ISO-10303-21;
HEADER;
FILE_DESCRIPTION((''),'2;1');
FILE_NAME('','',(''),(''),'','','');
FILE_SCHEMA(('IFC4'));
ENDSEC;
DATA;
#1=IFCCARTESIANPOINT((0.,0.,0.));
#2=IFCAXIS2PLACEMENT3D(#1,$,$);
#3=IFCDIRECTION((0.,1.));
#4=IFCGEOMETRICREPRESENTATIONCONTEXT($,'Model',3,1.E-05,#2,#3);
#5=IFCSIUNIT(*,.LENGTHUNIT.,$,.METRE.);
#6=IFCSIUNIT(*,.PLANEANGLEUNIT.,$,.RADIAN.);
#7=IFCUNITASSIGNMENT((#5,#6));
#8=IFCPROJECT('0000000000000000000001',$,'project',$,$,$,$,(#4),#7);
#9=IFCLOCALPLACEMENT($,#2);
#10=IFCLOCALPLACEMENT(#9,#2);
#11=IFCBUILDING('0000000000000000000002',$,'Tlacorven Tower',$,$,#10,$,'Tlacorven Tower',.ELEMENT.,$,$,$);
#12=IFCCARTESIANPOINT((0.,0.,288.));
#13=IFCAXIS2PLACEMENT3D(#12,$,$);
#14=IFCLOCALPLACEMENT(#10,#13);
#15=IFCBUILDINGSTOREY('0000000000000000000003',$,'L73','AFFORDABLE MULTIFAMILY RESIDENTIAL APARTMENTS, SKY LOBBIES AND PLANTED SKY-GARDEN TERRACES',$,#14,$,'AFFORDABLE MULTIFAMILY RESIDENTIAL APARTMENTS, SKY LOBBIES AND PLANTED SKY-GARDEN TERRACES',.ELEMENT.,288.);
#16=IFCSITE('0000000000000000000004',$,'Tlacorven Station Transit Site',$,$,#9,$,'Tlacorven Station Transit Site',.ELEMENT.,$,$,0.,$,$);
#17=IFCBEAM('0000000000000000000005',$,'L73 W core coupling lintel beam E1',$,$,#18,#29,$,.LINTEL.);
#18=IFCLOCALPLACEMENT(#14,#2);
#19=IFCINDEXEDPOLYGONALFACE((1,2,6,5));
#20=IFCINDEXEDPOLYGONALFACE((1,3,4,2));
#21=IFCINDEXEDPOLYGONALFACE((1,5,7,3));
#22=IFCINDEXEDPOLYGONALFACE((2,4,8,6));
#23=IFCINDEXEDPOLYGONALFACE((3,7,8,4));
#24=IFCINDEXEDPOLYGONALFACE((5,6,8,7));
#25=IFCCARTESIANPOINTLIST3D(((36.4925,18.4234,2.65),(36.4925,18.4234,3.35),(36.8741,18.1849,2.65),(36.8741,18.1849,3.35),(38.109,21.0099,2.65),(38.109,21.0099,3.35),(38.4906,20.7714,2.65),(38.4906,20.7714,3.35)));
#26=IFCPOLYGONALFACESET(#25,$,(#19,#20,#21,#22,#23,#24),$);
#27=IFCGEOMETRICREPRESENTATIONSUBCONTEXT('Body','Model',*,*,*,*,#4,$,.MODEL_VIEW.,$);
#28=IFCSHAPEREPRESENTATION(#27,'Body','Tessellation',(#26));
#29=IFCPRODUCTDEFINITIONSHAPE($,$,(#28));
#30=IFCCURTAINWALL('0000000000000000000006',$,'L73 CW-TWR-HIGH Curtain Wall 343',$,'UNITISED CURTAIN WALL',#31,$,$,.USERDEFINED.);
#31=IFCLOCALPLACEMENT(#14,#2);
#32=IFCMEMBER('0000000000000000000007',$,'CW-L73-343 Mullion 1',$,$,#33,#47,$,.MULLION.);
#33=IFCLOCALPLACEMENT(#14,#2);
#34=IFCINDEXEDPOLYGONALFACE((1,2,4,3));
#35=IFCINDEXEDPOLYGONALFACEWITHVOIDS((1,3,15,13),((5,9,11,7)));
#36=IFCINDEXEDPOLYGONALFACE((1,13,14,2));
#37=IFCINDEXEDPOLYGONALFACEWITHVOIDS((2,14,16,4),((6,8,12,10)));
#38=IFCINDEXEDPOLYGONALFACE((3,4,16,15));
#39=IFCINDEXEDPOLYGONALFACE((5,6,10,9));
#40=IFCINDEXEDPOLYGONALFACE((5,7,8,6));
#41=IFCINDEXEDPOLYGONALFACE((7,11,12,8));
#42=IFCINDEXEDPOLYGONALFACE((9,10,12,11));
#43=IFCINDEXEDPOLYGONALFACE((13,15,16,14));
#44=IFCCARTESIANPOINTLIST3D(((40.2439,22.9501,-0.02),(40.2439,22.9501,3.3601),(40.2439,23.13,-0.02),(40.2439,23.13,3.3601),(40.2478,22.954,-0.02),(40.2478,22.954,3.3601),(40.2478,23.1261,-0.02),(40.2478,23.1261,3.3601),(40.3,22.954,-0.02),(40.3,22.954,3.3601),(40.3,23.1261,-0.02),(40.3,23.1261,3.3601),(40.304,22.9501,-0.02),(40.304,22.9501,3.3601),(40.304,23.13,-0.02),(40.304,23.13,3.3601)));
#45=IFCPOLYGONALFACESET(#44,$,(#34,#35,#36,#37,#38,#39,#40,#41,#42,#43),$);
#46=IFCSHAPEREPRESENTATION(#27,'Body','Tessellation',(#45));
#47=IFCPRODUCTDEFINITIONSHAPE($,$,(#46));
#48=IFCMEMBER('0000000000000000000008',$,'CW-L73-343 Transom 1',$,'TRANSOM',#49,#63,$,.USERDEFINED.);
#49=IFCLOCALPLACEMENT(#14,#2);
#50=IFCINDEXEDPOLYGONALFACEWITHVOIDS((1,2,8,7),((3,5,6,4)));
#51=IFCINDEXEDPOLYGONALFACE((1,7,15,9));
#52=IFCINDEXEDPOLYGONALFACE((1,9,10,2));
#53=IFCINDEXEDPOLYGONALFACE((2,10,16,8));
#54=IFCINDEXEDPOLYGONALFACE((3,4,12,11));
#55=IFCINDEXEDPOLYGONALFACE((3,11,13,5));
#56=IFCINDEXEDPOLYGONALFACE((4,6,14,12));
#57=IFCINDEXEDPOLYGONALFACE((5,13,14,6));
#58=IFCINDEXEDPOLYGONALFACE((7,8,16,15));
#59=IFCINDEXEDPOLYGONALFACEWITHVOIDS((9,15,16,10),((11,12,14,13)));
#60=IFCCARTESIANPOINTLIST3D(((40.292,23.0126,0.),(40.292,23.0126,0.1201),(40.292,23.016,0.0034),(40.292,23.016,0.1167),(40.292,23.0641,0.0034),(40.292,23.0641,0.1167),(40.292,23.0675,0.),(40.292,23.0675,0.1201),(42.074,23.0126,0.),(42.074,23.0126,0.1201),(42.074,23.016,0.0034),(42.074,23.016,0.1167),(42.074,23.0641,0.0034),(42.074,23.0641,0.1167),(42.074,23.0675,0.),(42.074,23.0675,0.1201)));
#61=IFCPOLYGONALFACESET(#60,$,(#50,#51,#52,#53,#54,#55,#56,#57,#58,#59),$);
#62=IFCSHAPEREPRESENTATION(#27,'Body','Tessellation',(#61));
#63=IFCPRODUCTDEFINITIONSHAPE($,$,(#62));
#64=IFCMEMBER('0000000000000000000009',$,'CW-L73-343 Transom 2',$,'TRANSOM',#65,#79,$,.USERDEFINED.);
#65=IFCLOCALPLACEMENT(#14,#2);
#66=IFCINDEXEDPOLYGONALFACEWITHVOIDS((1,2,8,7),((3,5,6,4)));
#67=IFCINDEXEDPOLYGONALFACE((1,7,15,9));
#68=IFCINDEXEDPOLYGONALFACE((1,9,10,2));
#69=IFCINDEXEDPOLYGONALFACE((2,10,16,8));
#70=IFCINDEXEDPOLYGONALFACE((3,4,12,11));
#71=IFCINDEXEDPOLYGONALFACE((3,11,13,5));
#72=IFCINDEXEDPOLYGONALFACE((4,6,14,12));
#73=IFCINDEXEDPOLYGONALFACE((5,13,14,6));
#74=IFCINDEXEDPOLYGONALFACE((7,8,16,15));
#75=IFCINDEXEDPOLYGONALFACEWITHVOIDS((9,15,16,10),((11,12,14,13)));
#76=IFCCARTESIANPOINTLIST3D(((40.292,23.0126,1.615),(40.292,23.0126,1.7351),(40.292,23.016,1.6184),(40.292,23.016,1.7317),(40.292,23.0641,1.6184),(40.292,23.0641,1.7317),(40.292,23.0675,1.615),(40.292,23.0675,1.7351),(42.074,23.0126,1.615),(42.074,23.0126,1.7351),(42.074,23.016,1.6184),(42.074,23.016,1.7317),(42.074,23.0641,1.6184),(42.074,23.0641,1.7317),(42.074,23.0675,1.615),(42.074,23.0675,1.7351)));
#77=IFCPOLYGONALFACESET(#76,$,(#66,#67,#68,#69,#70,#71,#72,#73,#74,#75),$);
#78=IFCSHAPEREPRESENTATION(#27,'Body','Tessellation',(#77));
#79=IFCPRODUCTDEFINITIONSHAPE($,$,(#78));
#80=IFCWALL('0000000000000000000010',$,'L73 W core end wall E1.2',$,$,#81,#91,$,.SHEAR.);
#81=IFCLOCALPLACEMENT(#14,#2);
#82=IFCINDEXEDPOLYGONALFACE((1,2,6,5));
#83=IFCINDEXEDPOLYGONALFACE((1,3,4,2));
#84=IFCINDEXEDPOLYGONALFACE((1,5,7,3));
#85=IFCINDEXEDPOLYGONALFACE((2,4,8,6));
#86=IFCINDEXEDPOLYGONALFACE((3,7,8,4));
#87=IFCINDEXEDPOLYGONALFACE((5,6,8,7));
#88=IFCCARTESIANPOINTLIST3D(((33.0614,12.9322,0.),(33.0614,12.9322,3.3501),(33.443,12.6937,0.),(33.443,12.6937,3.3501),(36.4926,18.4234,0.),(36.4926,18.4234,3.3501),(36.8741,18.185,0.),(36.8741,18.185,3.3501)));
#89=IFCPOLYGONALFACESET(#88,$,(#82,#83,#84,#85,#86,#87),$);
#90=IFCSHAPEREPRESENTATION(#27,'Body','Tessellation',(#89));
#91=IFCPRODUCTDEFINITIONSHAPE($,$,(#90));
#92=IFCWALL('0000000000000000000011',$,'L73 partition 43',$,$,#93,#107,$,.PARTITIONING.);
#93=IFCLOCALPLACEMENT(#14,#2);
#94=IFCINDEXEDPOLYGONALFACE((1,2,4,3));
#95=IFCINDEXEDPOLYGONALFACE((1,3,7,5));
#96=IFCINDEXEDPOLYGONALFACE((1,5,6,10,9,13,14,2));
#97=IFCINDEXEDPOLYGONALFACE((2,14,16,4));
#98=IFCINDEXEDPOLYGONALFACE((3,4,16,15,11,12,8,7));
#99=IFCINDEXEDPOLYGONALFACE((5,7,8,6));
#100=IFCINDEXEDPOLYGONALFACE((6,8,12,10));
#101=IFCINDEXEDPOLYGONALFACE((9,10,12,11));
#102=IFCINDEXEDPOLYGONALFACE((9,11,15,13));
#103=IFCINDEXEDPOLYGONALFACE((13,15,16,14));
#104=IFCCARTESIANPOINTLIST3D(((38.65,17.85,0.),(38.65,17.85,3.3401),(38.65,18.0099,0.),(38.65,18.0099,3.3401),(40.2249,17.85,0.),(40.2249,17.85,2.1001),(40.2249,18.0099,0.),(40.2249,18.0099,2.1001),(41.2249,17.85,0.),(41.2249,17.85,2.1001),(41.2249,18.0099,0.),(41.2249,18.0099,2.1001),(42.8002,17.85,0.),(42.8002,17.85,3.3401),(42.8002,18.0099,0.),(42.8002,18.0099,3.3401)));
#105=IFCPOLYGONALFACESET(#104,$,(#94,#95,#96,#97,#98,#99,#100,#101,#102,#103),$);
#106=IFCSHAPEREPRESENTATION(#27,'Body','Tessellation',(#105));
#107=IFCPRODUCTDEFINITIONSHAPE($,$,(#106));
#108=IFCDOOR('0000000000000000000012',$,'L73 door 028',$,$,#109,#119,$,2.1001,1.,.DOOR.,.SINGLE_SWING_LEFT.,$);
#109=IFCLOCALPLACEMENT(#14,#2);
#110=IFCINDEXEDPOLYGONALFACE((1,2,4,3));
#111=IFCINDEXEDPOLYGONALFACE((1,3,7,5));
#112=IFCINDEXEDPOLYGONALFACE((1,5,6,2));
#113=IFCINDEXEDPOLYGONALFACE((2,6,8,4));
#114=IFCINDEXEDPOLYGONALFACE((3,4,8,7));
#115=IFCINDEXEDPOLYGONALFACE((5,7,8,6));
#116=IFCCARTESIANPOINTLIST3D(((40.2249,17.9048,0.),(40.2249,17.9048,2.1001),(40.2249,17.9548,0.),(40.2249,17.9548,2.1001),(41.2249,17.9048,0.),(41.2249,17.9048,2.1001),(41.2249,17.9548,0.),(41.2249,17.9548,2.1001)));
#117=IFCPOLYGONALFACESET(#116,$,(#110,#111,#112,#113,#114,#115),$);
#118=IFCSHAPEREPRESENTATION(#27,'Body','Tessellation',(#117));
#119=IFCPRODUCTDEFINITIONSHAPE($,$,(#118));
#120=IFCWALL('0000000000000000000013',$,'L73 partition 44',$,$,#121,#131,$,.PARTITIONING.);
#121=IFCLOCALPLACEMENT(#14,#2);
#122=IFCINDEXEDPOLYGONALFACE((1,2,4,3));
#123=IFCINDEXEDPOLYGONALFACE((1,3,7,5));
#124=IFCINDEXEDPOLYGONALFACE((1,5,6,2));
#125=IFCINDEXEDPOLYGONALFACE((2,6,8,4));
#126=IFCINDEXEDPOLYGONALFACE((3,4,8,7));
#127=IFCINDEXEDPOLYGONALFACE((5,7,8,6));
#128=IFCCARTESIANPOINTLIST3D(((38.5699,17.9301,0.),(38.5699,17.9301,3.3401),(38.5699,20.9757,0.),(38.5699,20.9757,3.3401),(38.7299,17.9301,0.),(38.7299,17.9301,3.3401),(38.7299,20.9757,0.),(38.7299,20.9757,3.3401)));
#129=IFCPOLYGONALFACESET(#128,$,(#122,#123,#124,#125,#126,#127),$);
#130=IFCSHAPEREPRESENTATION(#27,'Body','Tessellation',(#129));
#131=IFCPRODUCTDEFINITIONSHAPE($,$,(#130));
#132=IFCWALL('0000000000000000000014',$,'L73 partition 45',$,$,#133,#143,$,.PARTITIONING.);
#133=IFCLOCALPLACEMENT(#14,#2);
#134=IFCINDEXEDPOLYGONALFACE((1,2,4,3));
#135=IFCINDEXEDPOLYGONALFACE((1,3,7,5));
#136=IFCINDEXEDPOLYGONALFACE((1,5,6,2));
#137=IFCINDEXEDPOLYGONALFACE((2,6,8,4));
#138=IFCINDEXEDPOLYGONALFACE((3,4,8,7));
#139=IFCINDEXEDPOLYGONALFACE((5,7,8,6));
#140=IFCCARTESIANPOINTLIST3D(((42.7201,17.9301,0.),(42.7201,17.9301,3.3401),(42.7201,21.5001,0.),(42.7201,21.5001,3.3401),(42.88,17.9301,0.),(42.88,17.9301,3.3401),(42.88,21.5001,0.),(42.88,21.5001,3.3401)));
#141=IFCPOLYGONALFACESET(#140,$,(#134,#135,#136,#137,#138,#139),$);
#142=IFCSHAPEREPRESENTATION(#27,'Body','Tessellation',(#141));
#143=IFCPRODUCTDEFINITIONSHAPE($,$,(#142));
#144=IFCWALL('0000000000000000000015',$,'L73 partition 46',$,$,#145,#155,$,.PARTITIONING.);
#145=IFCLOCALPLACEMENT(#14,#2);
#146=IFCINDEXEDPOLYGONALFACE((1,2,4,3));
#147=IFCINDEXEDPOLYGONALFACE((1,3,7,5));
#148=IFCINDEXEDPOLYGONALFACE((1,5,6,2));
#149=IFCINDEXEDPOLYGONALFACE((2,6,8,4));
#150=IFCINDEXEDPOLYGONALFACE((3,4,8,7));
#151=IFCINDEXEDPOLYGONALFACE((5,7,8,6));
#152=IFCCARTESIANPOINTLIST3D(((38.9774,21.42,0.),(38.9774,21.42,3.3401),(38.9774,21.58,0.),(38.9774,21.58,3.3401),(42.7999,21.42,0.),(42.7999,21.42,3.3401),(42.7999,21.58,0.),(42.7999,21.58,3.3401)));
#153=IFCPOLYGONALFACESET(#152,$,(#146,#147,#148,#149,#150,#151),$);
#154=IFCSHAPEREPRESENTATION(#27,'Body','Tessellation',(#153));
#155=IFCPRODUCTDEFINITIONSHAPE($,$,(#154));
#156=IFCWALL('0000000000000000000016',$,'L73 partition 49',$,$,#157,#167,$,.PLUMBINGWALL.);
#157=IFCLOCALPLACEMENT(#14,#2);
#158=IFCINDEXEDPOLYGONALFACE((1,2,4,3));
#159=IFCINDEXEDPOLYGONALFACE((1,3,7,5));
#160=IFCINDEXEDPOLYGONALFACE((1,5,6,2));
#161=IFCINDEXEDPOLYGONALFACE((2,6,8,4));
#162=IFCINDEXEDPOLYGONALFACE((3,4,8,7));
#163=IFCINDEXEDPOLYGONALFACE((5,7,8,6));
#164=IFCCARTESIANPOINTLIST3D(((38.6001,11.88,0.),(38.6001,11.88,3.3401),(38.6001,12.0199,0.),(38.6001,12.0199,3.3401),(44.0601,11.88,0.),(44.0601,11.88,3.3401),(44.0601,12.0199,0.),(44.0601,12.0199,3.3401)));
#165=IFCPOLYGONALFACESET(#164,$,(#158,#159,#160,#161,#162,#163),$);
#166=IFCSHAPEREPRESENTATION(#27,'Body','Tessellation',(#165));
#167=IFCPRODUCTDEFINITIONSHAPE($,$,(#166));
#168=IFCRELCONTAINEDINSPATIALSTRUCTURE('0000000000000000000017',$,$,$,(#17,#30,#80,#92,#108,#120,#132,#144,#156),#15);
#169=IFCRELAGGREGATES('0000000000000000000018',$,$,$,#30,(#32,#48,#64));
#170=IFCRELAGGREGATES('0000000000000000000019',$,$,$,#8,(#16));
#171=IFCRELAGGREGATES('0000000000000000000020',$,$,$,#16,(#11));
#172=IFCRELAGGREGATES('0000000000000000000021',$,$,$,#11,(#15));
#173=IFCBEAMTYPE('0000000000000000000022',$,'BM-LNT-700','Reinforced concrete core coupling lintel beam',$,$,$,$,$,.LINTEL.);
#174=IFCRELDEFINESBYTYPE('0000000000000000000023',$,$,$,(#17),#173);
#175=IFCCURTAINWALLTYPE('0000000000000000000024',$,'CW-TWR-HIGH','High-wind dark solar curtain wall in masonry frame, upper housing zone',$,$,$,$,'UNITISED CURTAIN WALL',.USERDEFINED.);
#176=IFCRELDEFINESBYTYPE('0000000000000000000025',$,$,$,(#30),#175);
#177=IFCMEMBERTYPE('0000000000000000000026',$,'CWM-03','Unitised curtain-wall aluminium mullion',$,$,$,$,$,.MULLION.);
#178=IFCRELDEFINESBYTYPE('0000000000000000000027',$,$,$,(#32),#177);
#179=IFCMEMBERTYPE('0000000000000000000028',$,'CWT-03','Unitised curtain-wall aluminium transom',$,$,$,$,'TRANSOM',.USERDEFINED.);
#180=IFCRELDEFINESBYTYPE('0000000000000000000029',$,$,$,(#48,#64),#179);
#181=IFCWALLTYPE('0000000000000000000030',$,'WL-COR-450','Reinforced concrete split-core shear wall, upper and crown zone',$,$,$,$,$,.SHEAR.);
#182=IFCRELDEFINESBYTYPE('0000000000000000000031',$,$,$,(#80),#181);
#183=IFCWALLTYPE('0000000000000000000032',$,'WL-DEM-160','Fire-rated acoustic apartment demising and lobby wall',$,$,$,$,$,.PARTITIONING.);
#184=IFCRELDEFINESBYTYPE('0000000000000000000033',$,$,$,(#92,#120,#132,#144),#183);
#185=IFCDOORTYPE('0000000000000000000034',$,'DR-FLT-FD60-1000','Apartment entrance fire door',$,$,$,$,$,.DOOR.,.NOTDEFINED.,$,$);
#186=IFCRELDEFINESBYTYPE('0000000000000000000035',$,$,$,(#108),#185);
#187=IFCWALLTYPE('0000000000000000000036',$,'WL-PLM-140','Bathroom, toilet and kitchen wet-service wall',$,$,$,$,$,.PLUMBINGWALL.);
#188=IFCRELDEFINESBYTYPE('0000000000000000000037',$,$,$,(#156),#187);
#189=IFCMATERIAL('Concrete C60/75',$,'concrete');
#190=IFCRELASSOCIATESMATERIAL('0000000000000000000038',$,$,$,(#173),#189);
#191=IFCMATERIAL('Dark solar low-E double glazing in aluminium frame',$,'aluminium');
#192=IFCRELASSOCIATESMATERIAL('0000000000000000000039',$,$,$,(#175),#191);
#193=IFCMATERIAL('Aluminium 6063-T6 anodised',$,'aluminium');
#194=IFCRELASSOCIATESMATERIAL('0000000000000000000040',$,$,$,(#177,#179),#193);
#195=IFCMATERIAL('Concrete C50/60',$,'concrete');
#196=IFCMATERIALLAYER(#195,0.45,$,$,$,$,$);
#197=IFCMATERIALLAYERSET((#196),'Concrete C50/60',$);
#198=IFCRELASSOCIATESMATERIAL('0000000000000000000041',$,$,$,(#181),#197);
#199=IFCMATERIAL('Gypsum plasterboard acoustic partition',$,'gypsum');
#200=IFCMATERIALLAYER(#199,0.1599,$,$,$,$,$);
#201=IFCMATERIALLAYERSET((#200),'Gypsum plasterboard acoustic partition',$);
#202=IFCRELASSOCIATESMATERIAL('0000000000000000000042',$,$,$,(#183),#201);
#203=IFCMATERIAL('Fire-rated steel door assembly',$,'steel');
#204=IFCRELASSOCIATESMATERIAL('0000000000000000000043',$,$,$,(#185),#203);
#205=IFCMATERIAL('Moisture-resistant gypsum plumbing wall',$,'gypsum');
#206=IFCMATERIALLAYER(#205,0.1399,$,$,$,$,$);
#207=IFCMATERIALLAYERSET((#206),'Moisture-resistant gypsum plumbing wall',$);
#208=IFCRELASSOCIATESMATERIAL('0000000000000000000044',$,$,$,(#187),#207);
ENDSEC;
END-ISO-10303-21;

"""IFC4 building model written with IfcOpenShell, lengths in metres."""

from ifc_helpers import new_model, si_unit, direction, frame, frame_2d, origin, origin_2d, place, context, subcontext, project, spatial, rectangle, hollow_rectangle, extrude, source, transform, mapped, material, layer, layer_set, material_profile, profile_set, type_object, element, fill, aggregate, save


model = new_model("IFC4")

# Units and contexts
model_context = context("Model", 3, precision=1e-05, world=origin(), true_north=direction((0.0, 1.0)))
body_context = subcontext(model_context, "Body", "Model", "MODEL_VIEW")
ifc_project = project(units=[si_unit("LENGTHUNIT", "METRE"), si_unit("PLANEANGLEUNIT", "RADIAN")], contexts=[model_context])

# Site, building, storey
site_placement = place(None, origin())
site = spatial("IfcSite", under=ifc_project, at=site_placement, Name="Tlacorven Station Transit Site", LongName="Tlacorven Station Transit Site", CompositionType="ELEMENT", RefElevation=0.0)
building_placement = place(site_placement, origin())
building = spatial("IfcBuilding", under=site, at=building_placement, Name="Tlacorven Tower", LongName="Tlacorven Tower", CompositionType="ELEMENT")
storey_placement = place(building_placement, frame((0.0, 0.0, 288.0)))
storey = spatial("IfcBuildingStorey", under=building, at=storey_placement, Name="L73", Description="AFFORDABLE MULTIFAMILY RESIDENTIAL APARTMENTS, SKY LOBBIES AND PLANTED SKY-GARDEN TERRACES", LongName="AFFORDABLE MULTIFAMILY RESIDENTIAL APARTMENTS, SKY LOBBIES AND PLANTED SKY-GARDEN TERRACES", CompositionType="ELEMENT", Elevation=288.0)

# Beam
ifc_material_1 = material(Name="Concrete C60/75", Category="concrete")
ifc_material_profile_1 = material_profile(ifc_material_1, rectangle(XDim=0.45, YDim=0.7, at=origin_2d()), Name="RC 450X700")
ifc_profile_set_1 = profile_set([ifc_material_profile_1], Name="Concrete C60/75")
beam_type = type_object("IfcBeamType", Name="BM-LNT-700", Description="Reinforced concrete core coupling lintel beam", PredefinedType="LINTEL", material=ifc_profile_set_1)
shared_shape_1 = source(origin(), body_context, "Body", "SweptSolid", [
    extrude(rectangle(XDim=0.45, YDim=0.7, at=origin_2d()), origin(), (0.0, 0.0, 1.0), 3.05),
])
beam_placement = place(storey_placement, frame((38.2998, 20.8906, 3.0), z_axis=(-0.529985, -0.848007, 0.0), x_axis=(0.848007, -0.529985, 0.0)))
element("IfcBeam", 1, at=beam_placement, inside=storey, type_object=beam_type, Name="L73 W core coupling lintel beam E1", PredefinedType="LINTEL", context=body_context, shape_type="MappedRepresentation", body=[
    mapped(shared_shape_1, transform((0.0, 0.0, 0.0), scale=1.0)),
])

# Curtain wall, members
ifc_material_2 = material(Name="Dark solar low-E double glazing in aluminium frame", Category="aluminium")
curtain_wall_type = type_object("IfcCurtainWallType", Name="CW-TWR-HIGH", Description="High-wind dark solar curtain wall in masonry frame, upper housing zone", ElementType="UNITISED CURTAIN WALL", PredefinedType="USERDEFINED", material=ifc_material_2)
curtain_wall_placement = place(storey_placement, origin())
curtain_wall = element("IfcCurtainWall", 2, at=curtain_wall_placement, inside=storey, type_object=curtain_wall_type, Name="L73 CW-TWR-HIGH Curtain Wall 343", ObjectType="UNITISED CURTAIN WALL", PredefinedType="USERDEFINED")
ifc_material_3 = material(Name="Aluminium 6063-T6 anodised", Category="aluminium")
ifc_material_profile_2 = material_profile(ifc_material_3, hollow_rectangle(XDim=0.0601, YDim=0.1799, WallThickness=0.0039, at=origin_2d()), Name="ALU MULLION 60X180")
ifc_profile_set_2 = profile_set([ifc_material_profile_2], Name="Aluminium 6063-T6 anodised")
member_type_1 = type_object("IfcMemberType", Name="CWM-03", Description="Unitised curtain-wall aluminium mullion", PredefinedType="MULLION", material=ifc_profile_set_2)
shared_shape_2 = source(origin(), body_context, "Body", "SweptSolid", [
    extrude(hollow_rectangle(XDim=0.0601, YDim=0.1799, WallThickness=0.0039, at=origin_2d()), origin(), (0.0, 0.0, 1.0), 3.3801),
])
member_1_placement = place(storey_placement, frame((40.2739, 23.04, -0.02), z_axis=(0.0, 0.0, 1.0), x_axis=(1.0, 0.0, 0.0)))
member_1 = element("IfcMember", 3, at=member_1_placement, type_object=member_type_1, Name="CW-L73-343 Mullion 1", PredefinedType="MULLION", context=body_context, shape_type="MappedRepresentation", body=[
    mapped(shared_shape_2, transform((0.0, 0.0, 0.0), scale=1.0)),
])
ifc_material_profile_3 = material_profile(ifc_material_3, hollow_rectangle(XDim=0.0549, YDim=0.1201, WallThickness=0.0034, at=origin_2d()), Name="ALU TRANSOM 55X120")
ifc_profile_set_3 = profile_set([ifc_material_profile_3], Name="Aluminium 6063-T6 anodised")
member_type_2 = type_object("IfcMemberType", Name="CWT-03", Description="Unitised curtain-wall aluminium transom", ElementType="TRANSOM", PredefinedType="USERDEFINED", material=ifc_profile_set_3)
shared_shape_3 = source(origin(), body_context, "Body", "SweptSolid", [
    extrude(hollow_rectangle(XDim=0.0549, YDim=0.1201, WallThickness=0.0034, at=origin_2d()), origin(), (0.0, 0.0, 1.0), 1.782),
])
member_2_placement = place(storey_placement, frame((40.292, 23.04, 0.0601), z_axis=(1.0, 0.0, 0.0), x_axis=(0.0, 1.0, 0.0)))
member_2 = element("IfcMember", 4, at=member_2_placement, type_object=member_type_2, Name="CW-L73-343 Transom 1", ObjectType="TRANSOM", PredefinedType="USERDEFINED", context=body_context, shape_type="MappedRepresentation", body=[
    mapped(shared_shape_3, transform((0.0, 0.0, 0.0), scale=1.0)),
])
member_3_placement = place(storey_placement, frame((40.292, 23.04, 1.675), z_axis=(1.0, 0.0, 0.0), x_axis=(0.0, 1.0, 0.0)))
member_3 = element("IfcMember", 5, at=member_3_placement, type_object=member_type_2, Name="CW-L73-343 Transom 2", ObjectType="TRANSOM", PredefinedType="USERDEFINED", context=body_context, shape_type="MappedRepresentation", body=[
    mapped(shared_shape_3, transform((0.0, 0.0, 0.0), scale=1.0)),
])
aggregate(curtain_wall, [member_1, member_2, member_3])

# Wall
ifc_material_4 = material(Name="Concrete C50/60", Category="concrete")
ifc_layer_1 = layer(ifc_material_4, 0.45)
ifc_layer_set_1 = layer_set([ifc_layer_1], Name="Concrete C50/60")
wall_type_1 = type_object("IfcWallType", Name="WL-COR-450", Description="Reinforced concrete split-core shear wall, upper and crown zone", PredefinedType="SHEAR", material=ifc_layer_set_1)
wall_1_placement = place(storey_placement, frame((36.6833, 18.3042, 0.0), z_axis=(0.0, 0.0, 1.0), x_axis=(-0.529904, -0.848058, 0.0)))
element("IfcWall", 6, at=wall_1_placement, inside=storey, type_object=wall_type_1, Name="L73 W core end wall E1.2", PredefinedType="SHEAR", context=body_context, shape_type="SweptSolid", body=[
    extrude(rectangle(XDim=6.4751, YDim=0.45, at=frame_2d((3.2375, 0.0))), origin(), (0.0, 0.0, 1.0), 3.3501),
])

# Wall, opening, door
ifc_material_5 = material(Name="Gypsum plasterboard acoustic partition", Category="gypsum")
ifc_layer_2 = layer(ifc_material_5, 0.1599)
ifc_layer_set_2 = layer_set([ifc_layer_2], Name="Gypsum plasterboard acoustic partition")
wall_type_2 = type_object("IfcWallType", Name="WL-DEM-160", Description="Fire-rated acoustic apartment demising and lobby wall", PredefinedType="PARTITIONING", material=ifc_layer_set_2)
wall_2_placement = place(storey_placement, frame((38.6499, 17.9299, 0.0), z_axis=(0.0, 0.0, 1.0), x_axis=(1.0, 0.0, 0.0)))
wall_2 = element("IfcWall", 7, at=wall_2_placement, inside=storey, type_object=wall_type_2, Name="L73 partition 43", PredefinedType="PARTITIONING", context=body_context, shape_type="SweptSolid", body=[
    extrude(rectangle(XDim=4.1501, YDim=0.1599, at=frame_2d((2.0752, 0.0))), origin(), (0.0, 0.0, 1.0), 3.3401),
])
opening_1_placement = place(wall_2_placement, frame((1.575, 0.0, 0.0)))
opening_1 = element("IfcOpeningElement", 8, at=opening_1_placement, cuts=wall_2, PredefinedType="OPENING", context=body_context, shape_type="SweptSolid", body=[
    extrude(rectangle(XDim=1.0, YDim=2.1001, at=frame_2d((0.5, 1.05))), frame((0.0, 0.0898, 0.0), z_axis=(0.0, -1.0, 0.0), x_axis=(1.0, 0.0, 0.0)), (0.0, 0.0, 1.0), 0.1799),
])
ifc_material_6 = material(Name="Fire-rated steel door assembly", Category="steel")
door_type_1 = type_object("IfcDoorType", Name="DR-FLT-FD60-1000", Description="Apartment entrance fire door", OperationType="NOTDEFINED", PredefinedType="DOOR", material=ifc_material_6)
shared_shape_4 = source(origin(), body_context, "Body", "SweptSolid", [
    extrude(rectangle(XDim=1.0, YDim=2.1001, at=frame_2d((0.5, 1.05))), frame((0.0, 0.0249, 0.0), z_axis=(0.0, -1.0, 0.0), x_axis=(1.0, 0.0, 0.0)), (0.0, 0.0, 1.0), 0.05),
])
door_1_placement = place(opening_1_placement, origin())
door_1 = element("IfcDoor", 9, at=door_1_placement, inside=storey, type_object=door_type_1, Name="L73 door 028", OperationType="SINGLE_SWING_LEFT", OverallHeight=2.1001, OverallWidth=1.0, PredefinedType="DOOR", context=body_context, shape_type="MappedRepresentation", body=[
    mapped(shared_shape_4, transform((0.0, 0.0, 0.0), scale=1.0)),
])
fill(opening_1, door_1)

# Walls
wall_3_placement = place(storey_placement, frame((38.6499, 17.9299, 0.0), z_axis=(0.0, 0.0, 1.0), x_axis=(0.0, 1.0, 0.0)))
element("IfcWall", 10, at=wall_3_placement, inside=storey, type_object=wall_type_2, Name="L73 partition 44", PredefinedType="PARTITIONING", context=body_context, shape_type="SweptSolid", body=[
    extrude(rectangle(XDim=3.0457, YDim=0.1599, at=frame_2d((1.5229, 0.0))), origin(), (0.0, 0.0, 1.0), 3.3401),
])
wall_4_placement = place(storey_placement, frame((42.8, 17.9299, 0.0), z_axis=(0.0, 0.0, 1.0), x_axis=(0.0, 1.0, 0.0)))
element("IfcWall", 11, at=wall_4_placement, inside=storey, type_object=wall_type_2, Name="L73 partition 45", PredefinedType="PARTITIONING", context=body_context, shape_type="SweptSolid", body=[
    extrude(rectangle(XDim=3.5701, YDim=0.1599, at=frame_2d((1.7852, 0.0))), origin(), (0.0, 0.0, 1.0), 3.3401),
])
wall_5_placement = place(storey_placement, frame((38.9775, 21.5, 0.0), z_axis=(0.0, 0.0, 1.0), x_axis=(1.0, 0.0, 0.0)))
element("IfcWall", 12, at=wall_5_placement, inside=storey, type_object=wall_type_2, Name="L73 partition 46", PredefinedType="PARTITIONING", context=body_context, shape_type="SweptSolid", body=[
    extrude(rectangle(XDim=3.8225, YDim=0.1599, at=frame_2d((1.9111, 0.0))), origin(), (0.0, 0.0, 1.0), 3.3401),
])
ifc_material_7 = material(Name="Moisture-resistant gypsum plumbing wall", Category="gypsum")
ifc_layer_3 = layer(ifc_material_7, 0.1399)
ifc_layer_set_3 = layer_set([ifc_layer_3], Name="Moisture-resistant gypsum plumbing wall")
wall_type_3 = type_object("IfcWallType", Name="WL-PLM-140", Description="Bathroom, toilet and kitchen wet-service wall", PredefinedType="PLUMBINGWALL", material=ifc_layer_set_3)
wall_6_placement = place(storey_placement, frame((38.6001, 11.95, 0.0), z_axis=(0.0, 0.0, 1.0), x_axis=(1.0, 0.0, 0.0)))
element("IfcWall", 13, at=wall_6_placement, inside=storey, type_object=wall_type_3, Name="L73 partition 49", PredefinedType="PLUMBINGWALL", context=body_context, shape_type="SweptSolid", body=[
    extrude(rectangle(XDim=5.46, YDim=0.1399, at=frame_2d((2.73, 0.0))), origin(), (0.0, 0.0, 1.0), 3.3401),
])

save(model, "model.ifc")
